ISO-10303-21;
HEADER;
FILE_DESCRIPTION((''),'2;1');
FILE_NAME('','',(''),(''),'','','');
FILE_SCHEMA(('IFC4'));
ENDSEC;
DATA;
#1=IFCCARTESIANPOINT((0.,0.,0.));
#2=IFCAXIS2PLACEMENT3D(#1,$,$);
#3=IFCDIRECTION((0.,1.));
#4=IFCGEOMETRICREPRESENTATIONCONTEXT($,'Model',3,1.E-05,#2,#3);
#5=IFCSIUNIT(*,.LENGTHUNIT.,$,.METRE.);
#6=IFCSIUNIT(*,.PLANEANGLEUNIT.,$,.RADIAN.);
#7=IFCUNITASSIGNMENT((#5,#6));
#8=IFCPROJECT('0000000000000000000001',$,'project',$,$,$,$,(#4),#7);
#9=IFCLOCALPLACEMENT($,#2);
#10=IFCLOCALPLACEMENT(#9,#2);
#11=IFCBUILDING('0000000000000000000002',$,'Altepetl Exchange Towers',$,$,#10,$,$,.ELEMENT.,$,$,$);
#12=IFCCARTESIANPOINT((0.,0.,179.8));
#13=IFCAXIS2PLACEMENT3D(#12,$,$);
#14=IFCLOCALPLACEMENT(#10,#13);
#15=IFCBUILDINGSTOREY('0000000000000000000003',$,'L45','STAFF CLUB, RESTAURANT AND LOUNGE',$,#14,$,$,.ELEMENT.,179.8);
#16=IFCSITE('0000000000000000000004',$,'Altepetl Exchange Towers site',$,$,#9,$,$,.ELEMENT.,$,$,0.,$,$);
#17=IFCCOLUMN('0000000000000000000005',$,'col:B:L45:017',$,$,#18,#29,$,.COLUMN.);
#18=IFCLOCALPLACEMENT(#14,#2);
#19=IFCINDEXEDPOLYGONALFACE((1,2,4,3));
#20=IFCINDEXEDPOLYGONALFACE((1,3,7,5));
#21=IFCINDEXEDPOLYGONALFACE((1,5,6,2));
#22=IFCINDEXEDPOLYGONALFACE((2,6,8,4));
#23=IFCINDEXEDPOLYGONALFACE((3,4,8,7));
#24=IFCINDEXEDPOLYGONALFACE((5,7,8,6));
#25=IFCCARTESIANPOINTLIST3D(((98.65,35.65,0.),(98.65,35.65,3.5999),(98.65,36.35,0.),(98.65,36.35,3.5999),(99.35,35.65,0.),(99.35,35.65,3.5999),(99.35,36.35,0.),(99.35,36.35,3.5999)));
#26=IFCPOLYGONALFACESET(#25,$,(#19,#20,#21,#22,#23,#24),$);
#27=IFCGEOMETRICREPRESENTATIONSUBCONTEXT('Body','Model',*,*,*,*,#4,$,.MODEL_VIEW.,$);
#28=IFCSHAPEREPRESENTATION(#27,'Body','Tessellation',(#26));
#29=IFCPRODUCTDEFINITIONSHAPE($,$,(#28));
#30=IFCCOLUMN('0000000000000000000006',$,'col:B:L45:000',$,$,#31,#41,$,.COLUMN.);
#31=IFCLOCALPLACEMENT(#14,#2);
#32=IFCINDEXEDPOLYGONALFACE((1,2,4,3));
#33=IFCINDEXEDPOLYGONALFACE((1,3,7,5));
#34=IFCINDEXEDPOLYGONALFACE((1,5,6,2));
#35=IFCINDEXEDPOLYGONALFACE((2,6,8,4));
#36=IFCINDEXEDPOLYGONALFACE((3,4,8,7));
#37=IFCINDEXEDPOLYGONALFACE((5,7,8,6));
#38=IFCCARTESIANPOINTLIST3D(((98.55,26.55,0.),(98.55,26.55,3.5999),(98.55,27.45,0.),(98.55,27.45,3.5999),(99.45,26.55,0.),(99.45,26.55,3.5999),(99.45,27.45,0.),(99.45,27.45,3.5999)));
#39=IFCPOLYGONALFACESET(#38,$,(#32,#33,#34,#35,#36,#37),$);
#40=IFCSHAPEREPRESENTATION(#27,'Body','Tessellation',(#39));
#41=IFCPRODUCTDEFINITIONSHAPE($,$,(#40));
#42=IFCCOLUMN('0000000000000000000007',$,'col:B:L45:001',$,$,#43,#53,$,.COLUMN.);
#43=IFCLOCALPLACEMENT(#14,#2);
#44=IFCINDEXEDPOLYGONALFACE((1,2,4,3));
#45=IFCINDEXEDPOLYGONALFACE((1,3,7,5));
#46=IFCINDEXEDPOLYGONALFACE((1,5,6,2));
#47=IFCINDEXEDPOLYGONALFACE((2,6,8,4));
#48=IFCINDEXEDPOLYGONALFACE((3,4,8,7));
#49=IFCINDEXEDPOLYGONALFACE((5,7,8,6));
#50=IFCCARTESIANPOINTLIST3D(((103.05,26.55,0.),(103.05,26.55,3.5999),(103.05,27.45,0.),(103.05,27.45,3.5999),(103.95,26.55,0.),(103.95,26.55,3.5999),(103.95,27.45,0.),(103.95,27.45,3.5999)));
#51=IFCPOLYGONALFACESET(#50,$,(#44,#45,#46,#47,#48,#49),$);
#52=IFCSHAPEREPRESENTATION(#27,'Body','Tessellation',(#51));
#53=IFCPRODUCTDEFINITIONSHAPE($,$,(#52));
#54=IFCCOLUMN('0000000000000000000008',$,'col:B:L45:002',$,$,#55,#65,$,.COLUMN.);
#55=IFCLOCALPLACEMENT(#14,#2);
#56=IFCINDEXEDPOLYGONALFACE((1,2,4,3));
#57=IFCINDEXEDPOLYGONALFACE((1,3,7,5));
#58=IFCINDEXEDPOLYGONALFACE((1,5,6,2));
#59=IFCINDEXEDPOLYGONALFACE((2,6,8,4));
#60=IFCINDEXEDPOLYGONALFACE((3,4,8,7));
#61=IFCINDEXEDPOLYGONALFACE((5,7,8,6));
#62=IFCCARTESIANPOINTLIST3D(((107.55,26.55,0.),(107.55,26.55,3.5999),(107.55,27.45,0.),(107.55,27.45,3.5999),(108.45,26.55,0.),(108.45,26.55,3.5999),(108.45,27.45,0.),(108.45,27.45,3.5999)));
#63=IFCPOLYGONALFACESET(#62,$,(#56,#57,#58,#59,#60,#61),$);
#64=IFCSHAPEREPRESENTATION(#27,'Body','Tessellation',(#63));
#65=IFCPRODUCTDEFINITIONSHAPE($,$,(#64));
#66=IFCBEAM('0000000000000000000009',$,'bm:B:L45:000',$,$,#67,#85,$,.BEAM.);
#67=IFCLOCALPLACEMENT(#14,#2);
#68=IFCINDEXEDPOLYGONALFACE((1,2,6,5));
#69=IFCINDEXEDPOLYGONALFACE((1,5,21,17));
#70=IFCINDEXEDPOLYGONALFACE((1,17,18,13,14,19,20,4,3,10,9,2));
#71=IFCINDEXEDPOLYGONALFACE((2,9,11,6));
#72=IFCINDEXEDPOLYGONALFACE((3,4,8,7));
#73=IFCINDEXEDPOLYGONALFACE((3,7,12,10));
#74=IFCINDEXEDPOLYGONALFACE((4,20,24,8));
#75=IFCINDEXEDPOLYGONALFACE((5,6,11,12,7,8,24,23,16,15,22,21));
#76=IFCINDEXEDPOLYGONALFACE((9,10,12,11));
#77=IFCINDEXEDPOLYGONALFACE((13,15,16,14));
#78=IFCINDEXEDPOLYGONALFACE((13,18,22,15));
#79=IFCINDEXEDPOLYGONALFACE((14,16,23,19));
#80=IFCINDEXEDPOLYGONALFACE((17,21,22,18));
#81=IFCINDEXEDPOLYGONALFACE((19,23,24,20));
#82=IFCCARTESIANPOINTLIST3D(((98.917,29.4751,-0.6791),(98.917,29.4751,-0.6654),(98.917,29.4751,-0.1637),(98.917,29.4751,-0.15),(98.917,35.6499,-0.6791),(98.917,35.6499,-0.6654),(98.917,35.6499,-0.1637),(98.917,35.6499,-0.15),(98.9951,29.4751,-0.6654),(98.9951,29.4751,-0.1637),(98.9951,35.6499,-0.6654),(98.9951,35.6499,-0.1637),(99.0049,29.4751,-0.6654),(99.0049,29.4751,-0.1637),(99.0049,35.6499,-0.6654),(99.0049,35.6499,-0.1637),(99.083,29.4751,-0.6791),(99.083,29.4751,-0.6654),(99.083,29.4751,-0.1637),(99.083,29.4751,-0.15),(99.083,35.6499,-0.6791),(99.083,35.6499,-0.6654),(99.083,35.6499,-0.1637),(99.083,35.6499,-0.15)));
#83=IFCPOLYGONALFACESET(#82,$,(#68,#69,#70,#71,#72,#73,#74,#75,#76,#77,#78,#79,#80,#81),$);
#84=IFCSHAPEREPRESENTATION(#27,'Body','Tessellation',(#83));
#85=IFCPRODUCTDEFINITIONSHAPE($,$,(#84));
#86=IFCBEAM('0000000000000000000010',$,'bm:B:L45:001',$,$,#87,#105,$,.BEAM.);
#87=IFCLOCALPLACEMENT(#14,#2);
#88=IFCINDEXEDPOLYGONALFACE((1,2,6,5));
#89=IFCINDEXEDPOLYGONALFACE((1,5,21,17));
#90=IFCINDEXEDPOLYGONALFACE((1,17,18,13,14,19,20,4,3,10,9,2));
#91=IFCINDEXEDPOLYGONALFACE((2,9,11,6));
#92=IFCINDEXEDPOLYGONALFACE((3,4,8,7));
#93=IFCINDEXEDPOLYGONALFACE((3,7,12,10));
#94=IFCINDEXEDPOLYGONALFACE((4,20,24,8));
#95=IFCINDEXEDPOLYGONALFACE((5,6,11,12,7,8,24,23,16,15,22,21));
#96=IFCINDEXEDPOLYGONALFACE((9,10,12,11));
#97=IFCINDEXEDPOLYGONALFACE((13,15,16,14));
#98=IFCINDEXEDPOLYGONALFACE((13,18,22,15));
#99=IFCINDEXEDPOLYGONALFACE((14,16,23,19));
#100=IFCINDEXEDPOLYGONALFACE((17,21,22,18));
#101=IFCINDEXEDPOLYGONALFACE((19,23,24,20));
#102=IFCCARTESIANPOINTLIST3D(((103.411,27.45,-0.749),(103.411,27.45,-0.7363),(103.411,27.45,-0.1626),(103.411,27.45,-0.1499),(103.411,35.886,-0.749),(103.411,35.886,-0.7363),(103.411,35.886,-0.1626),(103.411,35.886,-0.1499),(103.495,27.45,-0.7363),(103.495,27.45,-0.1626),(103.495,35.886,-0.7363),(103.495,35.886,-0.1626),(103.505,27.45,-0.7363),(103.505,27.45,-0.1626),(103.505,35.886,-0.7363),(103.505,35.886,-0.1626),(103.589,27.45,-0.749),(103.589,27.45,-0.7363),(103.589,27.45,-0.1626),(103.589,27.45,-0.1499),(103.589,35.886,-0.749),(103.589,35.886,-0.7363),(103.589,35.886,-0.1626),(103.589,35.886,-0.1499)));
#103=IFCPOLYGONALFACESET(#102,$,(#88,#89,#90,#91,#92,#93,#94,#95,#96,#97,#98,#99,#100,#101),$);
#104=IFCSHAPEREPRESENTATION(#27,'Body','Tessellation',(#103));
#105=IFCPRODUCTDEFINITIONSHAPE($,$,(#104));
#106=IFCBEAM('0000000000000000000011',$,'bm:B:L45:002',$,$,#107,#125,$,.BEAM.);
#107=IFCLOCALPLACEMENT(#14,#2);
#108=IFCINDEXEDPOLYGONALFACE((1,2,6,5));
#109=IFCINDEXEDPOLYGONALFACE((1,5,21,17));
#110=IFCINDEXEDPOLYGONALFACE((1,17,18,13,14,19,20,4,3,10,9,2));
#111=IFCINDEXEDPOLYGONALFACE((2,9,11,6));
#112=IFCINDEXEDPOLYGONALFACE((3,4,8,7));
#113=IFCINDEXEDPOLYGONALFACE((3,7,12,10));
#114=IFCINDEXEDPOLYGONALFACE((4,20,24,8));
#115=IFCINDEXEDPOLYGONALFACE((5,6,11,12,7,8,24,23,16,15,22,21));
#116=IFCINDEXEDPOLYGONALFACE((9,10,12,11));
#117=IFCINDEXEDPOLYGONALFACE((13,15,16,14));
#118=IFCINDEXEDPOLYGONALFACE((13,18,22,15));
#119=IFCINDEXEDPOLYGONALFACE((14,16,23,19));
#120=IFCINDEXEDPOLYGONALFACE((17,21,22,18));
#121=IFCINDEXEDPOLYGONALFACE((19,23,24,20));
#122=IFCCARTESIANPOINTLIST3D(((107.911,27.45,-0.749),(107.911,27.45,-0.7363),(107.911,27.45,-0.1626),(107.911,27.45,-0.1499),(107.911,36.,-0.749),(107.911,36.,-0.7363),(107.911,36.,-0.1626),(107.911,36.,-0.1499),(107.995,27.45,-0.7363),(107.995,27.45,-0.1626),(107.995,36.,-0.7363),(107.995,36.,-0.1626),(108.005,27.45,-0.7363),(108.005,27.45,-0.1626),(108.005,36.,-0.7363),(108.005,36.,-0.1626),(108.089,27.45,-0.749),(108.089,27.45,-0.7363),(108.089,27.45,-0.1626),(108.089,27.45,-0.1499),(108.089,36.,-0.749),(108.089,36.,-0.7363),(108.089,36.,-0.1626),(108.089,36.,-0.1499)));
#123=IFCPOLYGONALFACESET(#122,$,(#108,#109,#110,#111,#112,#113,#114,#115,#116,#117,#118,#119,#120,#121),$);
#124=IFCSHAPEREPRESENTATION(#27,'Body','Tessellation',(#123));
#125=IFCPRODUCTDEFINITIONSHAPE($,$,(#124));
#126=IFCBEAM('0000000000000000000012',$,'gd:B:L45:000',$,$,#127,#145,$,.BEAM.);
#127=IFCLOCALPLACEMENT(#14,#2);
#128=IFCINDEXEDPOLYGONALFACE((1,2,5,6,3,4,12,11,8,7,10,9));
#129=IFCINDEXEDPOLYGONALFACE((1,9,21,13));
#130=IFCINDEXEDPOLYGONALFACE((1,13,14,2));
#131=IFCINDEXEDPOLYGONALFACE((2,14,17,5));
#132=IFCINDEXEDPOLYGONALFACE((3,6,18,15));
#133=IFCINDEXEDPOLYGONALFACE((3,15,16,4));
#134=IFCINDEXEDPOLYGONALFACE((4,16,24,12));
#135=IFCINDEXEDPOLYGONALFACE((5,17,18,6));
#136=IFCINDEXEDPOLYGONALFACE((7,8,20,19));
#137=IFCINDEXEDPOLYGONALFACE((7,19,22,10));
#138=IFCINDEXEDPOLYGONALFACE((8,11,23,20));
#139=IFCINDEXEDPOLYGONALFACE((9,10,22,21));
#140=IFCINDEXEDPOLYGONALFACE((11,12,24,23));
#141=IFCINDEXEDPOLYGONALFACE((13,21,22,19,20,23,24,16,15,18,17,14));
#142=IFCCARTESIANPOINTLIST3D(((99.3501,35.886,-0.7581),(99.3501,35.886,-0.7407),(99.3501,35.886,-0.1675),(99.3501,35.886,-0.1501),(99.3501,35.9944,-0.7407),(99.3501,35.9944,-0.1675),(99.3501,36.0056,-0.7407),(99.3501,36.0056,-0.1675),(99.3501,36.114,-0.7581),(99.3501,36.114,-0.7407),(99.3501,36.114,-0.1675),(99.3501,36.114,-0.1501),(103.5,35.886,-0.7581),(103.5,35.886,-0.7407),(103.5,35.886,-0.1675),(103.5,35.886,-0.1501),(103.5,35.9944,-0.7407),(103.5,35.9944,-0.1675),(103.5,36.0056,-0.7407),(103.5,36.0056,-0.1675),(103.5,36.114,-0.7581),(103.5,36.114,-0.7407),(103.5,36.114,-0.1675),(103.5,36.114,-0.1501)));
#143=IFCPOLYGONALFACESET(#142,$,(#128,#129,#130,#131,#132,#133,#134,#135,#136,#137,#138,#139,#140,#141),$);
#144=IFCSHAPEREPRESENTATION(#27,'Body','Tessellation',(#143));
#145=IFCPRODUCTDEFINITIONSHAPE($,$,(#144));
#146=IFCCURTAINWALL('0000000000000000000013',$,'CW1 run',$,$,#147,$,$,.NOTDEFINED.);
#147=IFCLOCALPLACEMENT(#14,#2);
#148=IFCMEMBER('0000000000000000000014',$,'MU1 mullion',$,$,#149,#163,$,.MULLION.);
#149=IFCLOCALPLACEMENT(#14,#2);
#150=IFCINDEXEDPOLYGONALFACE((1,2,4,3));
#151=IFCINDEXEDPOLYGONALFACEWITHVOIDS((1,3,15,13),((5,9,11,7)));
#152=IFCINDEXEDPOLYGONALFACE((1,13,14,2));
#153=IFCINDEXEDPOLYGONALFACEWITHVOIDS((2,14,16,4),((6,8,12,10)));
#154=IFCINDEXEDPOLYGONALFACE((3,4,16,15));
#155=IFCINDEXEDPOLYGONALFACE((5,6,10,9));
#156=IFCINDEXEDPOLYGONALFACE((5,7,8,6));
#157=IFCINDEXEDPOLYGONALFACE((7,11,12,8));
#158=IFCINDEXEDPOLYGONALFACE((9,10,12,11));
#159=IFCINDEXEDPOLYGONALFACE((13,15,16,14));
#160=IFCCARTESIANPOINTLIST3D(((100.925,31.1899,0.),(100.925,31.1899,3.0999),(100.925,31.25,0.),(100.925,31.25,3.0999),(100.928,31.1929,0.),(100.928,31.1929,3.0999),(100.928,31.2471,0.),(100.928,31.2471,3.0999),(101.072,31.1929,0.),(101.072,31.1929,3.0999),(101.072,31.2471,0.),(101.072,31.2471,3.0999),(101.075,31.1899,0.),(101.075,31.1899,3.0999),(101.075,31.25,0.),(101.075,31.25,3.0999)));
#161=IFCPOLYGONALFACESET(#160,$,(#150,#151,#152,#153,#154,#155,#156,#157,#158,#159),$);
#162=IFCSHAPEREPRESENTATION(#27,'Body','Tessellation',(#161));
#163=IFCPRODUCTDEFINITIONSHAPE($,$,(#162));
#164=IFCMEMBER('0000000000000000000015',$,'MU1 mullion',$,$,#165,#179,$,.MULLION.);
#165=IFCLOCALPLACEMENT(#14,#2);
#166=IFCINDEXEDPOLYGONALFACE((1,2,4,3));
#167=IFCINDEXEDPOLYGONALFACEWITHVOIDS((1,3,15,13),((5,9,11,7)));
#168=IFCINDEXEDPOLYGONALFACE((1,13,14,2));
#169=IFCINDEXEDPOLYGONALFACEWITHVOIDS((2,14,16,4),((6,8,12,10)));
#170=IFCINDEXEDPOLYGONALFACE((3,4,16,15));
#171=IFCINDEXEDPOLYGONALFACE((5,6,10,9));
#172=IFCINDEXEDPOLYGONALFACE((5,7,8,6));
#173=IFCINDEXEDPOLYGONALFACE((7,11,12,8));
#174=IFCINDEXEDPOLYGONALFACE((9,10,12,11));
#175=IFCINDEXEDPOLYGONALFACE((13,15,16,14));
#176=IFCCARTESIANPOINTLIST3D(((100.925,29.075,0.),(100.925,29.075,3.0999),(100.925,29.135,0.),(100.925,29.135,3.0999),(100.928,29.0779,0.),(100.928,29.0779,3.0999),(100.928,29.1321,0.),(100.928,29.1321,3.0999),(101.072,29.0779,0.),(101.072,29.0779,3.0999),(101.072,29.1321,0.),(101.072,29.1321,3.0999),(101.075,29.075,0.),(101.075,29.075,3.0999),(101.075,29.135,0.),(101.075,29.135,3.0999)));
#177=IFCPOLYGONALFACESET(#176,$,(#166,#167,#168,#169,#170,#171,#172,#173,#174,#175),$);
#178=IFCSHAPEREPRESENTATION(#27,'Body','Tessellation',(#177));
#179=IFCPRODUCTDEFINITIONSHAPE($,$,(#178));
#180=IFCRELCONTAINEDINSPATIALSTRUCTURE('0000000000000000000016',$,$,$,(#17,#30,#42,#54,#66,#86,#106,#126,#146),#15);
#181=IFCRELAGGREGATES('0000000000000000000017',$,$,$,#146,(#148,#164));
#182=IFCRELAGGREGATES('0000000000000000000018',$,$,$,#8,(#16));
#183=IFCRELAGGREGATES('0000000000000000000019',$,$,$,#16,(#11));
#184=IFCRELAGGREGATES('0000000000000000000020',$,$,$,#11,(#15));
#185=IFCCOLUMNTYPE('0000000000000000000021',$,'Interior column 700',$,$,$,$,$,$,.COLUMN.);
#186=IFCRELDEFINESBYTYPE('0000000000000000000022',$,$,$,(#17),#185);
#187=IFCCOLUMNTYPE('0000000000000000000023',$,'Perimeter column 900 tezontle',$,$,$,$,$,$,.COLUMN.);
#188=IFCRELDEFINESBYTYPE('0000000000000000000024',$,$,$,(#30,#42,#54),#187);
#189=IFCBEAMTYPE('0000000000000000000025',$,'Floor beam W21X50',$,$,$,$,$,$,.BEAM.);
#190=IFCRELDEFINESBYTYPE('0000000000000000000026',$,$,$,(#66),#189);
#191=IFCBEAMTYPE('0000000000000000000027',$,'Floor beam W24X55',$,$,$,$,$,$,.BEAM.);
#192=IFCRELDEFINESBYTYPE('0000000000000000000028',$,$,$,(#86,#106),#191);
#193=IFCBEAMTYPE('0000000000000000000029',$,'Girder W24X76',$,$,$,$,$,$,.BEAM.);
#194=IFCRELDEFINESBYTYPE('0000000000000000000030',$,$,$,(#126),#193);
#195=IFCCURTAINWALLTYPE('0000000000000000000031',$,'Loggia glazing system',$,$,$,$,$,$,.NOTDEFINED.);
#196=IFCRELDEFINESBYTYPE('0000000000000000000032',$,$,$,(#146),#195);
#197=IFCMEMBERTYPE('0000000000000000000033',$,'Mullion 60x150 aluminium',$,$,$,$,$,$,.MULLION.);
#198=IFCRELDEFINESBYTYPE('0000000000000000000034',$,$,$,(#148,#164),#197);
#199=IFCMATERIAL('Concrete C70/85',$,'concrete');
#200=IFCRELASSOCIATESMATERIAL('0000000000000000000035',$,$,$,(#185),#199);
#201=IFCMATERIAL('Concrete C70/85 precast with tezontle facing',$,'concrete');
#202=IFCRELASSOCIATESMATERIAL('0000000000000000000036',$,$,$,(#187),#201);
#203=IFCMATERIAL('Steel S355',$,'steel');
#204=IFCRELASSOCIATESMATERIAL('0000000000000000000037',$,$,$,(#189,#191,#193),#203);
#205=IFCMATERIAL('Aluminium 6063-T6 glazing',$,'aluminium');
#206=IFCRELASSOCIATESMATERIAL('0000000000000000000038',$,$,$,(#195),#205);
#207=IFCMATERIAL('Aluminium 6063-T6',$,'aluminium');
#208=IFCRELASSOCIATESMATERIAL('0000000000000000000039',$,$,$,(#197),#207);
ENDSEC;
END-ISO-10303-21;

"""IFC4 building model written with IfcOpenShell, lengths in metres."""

from ifc_helpers import new_model, si_unit, direction, frame, origin, origin_2d, place, context, subcontext, project, spatial, rectangle, hollow_rectangle, i_section, extrude, material, material_profile, profile_set, type_object, element, aggregate, save


model = new_model("IFC4")

# Units and contexts
model_context = context("Model", 3, precision=1e-05, world=origin(), true_north=direction((0.0, 1.0)))
body_context = subcontext(model_context, "Body", "Model", "MODEL_VIEW")
ifc_project = project(units=[si_unit("LENGTHUNIT", "METRE"), si_unit("PLANEANGLEUNIT", "RADIAN")], contexts=[model_context])

# Site, building, storey
site_placement = place(None, origin())
site = spatial("IfcSite", under=ifc_project, at=site_placement, Name="Altepetl Exchange Towers site", CompositionType="ELEMENT", RefElevation=0.0)
building_placement = place(site_placement, origin())
building = spatial("IfcBuilding", under=site, at=building_placement, Name="Altepetl Exchange Towers", CompositionType="ELEMENT")
storey_placement = place(building_placement, frame((0.0, 0.0, 179.8)))
storey = spatial("IfcBuildingStorey", under=building, at=storey_placement, Name="L45", Description="STAFF CLUB, RESTAURANT AND LOUNGE", CompositionType="ELEMENT", Elevation=179.8)

# Columns
ifc_material_1 = material(Name="Concrete C70/85", Category="concrete")
ifc_material_profile_1 = material_profile(ifc_material_1, rectangle(XDim=0.7, YDim=0.7, at=origin_2d()), Name="700 x 700")
ifc_profile_set_1 = profile_set([ifc_material_profile_1], Name="Concrete C70/85")
column_type_1 = type_object("IfcColumnType", Name="Interior column 700", PredefinedType="COLUMN", material=ifc_profile_set_1)
column_placement = place(storey_placement, frame((99.0, 36.0, 0.0)))
element("IfcColumn", 1, at=column_placement, inside=storey, type_object=column_type_1, Name="col:B:L45:017", PredefinedType="COLUMN", context=body_context, shape_type="SweptSolid", body=[
    extrude(rectangle(XDim=0.7, YDim=0.7, at=origin_2d()), origin(), (0.0, 0.0, 1.0), 3.5999),
])
ifc_material_2 = material(Name="Concrete C70/85 precast with tezontle facing", Category="concrete")
ifc_material_profile_2 = material_profile(ifc_material_2, rectangle(XDim=0.8999, YDim=0.8999, at=origin_2d()), Name="900 x 900")
ifc_profile_set_2 = profile_set([ifc_material_profile_2], Name="Concrete C70/85 precast with tezontle facing")
column_type_2 = type_object("IfcColumnType", Name="Perimeter column 900 tezontle", PredefinedType="COLUMN", material=ifc_profile_set_2)
for number, where, name in (
    (2, (99.0, 27.0, 0.0), "col:B:L45:000"),
    (3, (103.5, 27.0, 0.0), "col:B:L45:001"),
    (4, (108.0, 27.0, 0.0), "col:B:L45:002"),
):
    element("IfcColumn", number, at=place(storey_placement, frame(where)), inside=storey, type_object=column_type_2, Name=name, PredefinedType="COLUMN", context=body_context, shape_type="SweptSolid", body=[
        extrude(rectangle(XDim=0.8999, YDim=0.8999, at=origin_2d()), origin(), (0.0, 0.0, 1.0), 3.5999),
    ])

# Beams
ifc_material_3 = material(Name="Steel S355", Category="steel")
ifc_material_profile_3 = material_profile(ifc_material_3, i_section(OverallWidth=0.166, OverallDepth=0.5291, WebThickness=0.0098, FlangeThickness=0.0137, at=origin_2d()), Name="W21X50")
ifc_profile_set_3 = profile_set([ifc_material_profile_3], Name="Steel S355")
beam_type_1 = type_object("IfcBeamType", Name="Floor beam W21X50", PredefinedType="BEAM", material=ifc_profile_set_3)
beam_1_placement = place(storey_placement, frame((99.0, 29.4751, -0.4146), z_axis=(0.0, 1.0, 0.0), x_axis=(-1.0, 0.0, 0.0)))
element("IfcBeam", 5, at=beam_1_placement, inside=storey, type_object=beam_type_1, Name="bm:B:L45:000", PredefinedType="BEAM", context=body_context, shape_type="SweptSolid", body=[
    extrude(i_section(OverallWidth=0.166, OverallDepth=0.5291, WebThickness=0.0098, FlangeThickness=0.0137, at=origin_2d()), origin(), (0.0, 0.0, 1.0), 6.1748),
])
ifc_material_profile_4 = material_profile(ifc_material_3, i_section(OverallWidth=0.178, OverallDepth=0.5991, WebThickness=0.01, FlangeThickness=0.0127, at=origin_2d()), Name="W24X55")
ifc_profile_set_4 = profile_set([ifc_material_profile_4], Name="Steel S355")
beam_type_2 = type_object("IfcBeamType", Name="Floor beam W24X55", PredefinedType="BEAM", material=ifc_profile_set_4)
beam_2_placement = place(storey_placement, frame((103.5, 27.45, -0.4495), z_axis=(0.0, 1.0, 0.0), x_axis=(-1.0, 0.0, 0.0)))
element("IfcBeam", 6, at=beam_2_placement, inside=storey, type_object=beam_type_2, Name="bm:B:L45:001", PredefinedType="BEAM", context=body_context, shape_type="SweptSolid", body=[
    extrude(i_section(OverallWidth=0.178, OverallDepth=0.5991, WebThickness=0.01, FlangeThickness=0.0127, at=origin_2d()), origin(), (0.0, 0.0, 1.0), 8.436),
])
beam_3_placement = place(storey_placement, frame((108.0, 27.45, -0.4495), z_axis=(0.0, 1.0, 0.0), x_axis=(-1.0, 0.0, 0.0)))
element("IfcBeam", 7, at=beam_3_placement, inside=storey, type_object=beam_type_2, Name="bm:B:L45:002", PredefinedType="BEAM", context=body_context, shape_type="SweptSolid", body=[
    extrude(i_section(OverallWidth=0.178, OverallDepth=0.5991, WebThickness=0.01, FlangeThickness=0.0127, at=origin_2d()), origin(), (0.0, 0.0, 1.0), 8.55),
])
ifc_material_profile_5 = material_profile(ifc_material_3, i_section(OverallWidth=0.228, OverallDepth=0.6079, WebThickness=0.0112, FlangeThickness=0.0173, at=origin_2d()), Name="W24X76")
ifc_profile_set_5 = profile_set([ifc_material_profile_5], Name="Steel S355")
beam_type_3 = type_object("IfcBeamType", Name="Girder W24X76", PredefinedType="BEAM", material=ifc_profile_set_5)
beam_4_placement = place(storey_placement, frame((103.5, 36.0, -0.4541), z_axis=(-1.0, 0.0, 0.0), x_axis=(0.0, -1.0, 0.0)))
element("IfcBeam", 8, at=beam_4_placement, inside=storey, type_object=beam_type_3, Name="gd:B:L45:000", PredefinedType="BEAM", context=body_context, shape_type="SweptSolid", body=[
    extrude(i_section(OverallWidth=0.228, OverallDepth=0.6079, WebThickness=0.0112, FlangeThickness=0.0173, at=origin_2d()), origin(), (0.0, 0.0, 1.0), 4.1499),
])

# Curtain wall, members
ifc_material_4 = material(Name="Aluminium 6063-T6 glazing", Category="aluminium")
curtain_wall_type = type_object("IfcCurtainWallType", Name="Loggia glazing system", PredefinedType="NOTDEFINED", material=ifc_material_4)
curtain_wall_1_placement = place(storey_placement, origin())
curtain_wall_1 = element("IfcCurtainWall", 9, at=curtain_wall_1_placement, inside=storey, type_object=curtain_wall_type, Name="CW1 run", PredefinedType="NOTDEFINED")
ifc_material_5 = material(Name="Aluminium 6063-T6", Category="aluminium")
ifc_material_profile_6 = material_profile(ifc_material_5, hollow_rectangle(XDim=0.0601, YDim=0.1499, WallThickness=0.0029, at=origin_2d()), Name="Mullion 60x150 aluminium")
ifc_profile_set_6 = profile_set([ifc_material_profile_6], Name="Aluminium 6063-T6")
member_type = type_object("IfcMemberType", Name="Mullion 60x150 aluminium", PredefinedType="MULLION", material=ifc_profile_set_6)
member_1_placement = place(storey_placement, frame((101.0, 31.22, 0.0), z_axis=(0.0, 0.0, 1.0), x_axis=(0.0, -1.0, 0.0)))
member_1 = element("IfcMember", 10, at=member_1_placement, type_object=member_type, Name="MU1 mullion", PredefinedType="MULLION", context=body_context, shape_type="SweptSolid", body=[
    extrude(hollow_rectangle(XDim=0.0601, YDim=0.1499, WallThickness=0.0029, at=origin_2d()), origin(), (0.0, 0.0, 1.0), 3.0999),
])
member_2_placement = place(storey_placement, frame((101.0, 29.105, 0.0), z_axis=(0.0, 0.0, 1.0), x_axis=(0.0, -1.0, 0.0)))
member_2 = element("IfcMember", 11, at=member_2_placement, type_object=member_type, Name="MU1 mullion", PredefinedType="MULLION", context=body_context, shape_type="SweptSolid", body=[
    extrude(hollow_rectangle(XDim=0.0601, YDim=0.1499, WallThickness=0.0029, at=origin_2d()), origin(), (0.0, 0.0, 1.0), 3.0999),
])

aggregate(curtain_wall_1, [member_1, member_2])

save(model, "model.ifc")
